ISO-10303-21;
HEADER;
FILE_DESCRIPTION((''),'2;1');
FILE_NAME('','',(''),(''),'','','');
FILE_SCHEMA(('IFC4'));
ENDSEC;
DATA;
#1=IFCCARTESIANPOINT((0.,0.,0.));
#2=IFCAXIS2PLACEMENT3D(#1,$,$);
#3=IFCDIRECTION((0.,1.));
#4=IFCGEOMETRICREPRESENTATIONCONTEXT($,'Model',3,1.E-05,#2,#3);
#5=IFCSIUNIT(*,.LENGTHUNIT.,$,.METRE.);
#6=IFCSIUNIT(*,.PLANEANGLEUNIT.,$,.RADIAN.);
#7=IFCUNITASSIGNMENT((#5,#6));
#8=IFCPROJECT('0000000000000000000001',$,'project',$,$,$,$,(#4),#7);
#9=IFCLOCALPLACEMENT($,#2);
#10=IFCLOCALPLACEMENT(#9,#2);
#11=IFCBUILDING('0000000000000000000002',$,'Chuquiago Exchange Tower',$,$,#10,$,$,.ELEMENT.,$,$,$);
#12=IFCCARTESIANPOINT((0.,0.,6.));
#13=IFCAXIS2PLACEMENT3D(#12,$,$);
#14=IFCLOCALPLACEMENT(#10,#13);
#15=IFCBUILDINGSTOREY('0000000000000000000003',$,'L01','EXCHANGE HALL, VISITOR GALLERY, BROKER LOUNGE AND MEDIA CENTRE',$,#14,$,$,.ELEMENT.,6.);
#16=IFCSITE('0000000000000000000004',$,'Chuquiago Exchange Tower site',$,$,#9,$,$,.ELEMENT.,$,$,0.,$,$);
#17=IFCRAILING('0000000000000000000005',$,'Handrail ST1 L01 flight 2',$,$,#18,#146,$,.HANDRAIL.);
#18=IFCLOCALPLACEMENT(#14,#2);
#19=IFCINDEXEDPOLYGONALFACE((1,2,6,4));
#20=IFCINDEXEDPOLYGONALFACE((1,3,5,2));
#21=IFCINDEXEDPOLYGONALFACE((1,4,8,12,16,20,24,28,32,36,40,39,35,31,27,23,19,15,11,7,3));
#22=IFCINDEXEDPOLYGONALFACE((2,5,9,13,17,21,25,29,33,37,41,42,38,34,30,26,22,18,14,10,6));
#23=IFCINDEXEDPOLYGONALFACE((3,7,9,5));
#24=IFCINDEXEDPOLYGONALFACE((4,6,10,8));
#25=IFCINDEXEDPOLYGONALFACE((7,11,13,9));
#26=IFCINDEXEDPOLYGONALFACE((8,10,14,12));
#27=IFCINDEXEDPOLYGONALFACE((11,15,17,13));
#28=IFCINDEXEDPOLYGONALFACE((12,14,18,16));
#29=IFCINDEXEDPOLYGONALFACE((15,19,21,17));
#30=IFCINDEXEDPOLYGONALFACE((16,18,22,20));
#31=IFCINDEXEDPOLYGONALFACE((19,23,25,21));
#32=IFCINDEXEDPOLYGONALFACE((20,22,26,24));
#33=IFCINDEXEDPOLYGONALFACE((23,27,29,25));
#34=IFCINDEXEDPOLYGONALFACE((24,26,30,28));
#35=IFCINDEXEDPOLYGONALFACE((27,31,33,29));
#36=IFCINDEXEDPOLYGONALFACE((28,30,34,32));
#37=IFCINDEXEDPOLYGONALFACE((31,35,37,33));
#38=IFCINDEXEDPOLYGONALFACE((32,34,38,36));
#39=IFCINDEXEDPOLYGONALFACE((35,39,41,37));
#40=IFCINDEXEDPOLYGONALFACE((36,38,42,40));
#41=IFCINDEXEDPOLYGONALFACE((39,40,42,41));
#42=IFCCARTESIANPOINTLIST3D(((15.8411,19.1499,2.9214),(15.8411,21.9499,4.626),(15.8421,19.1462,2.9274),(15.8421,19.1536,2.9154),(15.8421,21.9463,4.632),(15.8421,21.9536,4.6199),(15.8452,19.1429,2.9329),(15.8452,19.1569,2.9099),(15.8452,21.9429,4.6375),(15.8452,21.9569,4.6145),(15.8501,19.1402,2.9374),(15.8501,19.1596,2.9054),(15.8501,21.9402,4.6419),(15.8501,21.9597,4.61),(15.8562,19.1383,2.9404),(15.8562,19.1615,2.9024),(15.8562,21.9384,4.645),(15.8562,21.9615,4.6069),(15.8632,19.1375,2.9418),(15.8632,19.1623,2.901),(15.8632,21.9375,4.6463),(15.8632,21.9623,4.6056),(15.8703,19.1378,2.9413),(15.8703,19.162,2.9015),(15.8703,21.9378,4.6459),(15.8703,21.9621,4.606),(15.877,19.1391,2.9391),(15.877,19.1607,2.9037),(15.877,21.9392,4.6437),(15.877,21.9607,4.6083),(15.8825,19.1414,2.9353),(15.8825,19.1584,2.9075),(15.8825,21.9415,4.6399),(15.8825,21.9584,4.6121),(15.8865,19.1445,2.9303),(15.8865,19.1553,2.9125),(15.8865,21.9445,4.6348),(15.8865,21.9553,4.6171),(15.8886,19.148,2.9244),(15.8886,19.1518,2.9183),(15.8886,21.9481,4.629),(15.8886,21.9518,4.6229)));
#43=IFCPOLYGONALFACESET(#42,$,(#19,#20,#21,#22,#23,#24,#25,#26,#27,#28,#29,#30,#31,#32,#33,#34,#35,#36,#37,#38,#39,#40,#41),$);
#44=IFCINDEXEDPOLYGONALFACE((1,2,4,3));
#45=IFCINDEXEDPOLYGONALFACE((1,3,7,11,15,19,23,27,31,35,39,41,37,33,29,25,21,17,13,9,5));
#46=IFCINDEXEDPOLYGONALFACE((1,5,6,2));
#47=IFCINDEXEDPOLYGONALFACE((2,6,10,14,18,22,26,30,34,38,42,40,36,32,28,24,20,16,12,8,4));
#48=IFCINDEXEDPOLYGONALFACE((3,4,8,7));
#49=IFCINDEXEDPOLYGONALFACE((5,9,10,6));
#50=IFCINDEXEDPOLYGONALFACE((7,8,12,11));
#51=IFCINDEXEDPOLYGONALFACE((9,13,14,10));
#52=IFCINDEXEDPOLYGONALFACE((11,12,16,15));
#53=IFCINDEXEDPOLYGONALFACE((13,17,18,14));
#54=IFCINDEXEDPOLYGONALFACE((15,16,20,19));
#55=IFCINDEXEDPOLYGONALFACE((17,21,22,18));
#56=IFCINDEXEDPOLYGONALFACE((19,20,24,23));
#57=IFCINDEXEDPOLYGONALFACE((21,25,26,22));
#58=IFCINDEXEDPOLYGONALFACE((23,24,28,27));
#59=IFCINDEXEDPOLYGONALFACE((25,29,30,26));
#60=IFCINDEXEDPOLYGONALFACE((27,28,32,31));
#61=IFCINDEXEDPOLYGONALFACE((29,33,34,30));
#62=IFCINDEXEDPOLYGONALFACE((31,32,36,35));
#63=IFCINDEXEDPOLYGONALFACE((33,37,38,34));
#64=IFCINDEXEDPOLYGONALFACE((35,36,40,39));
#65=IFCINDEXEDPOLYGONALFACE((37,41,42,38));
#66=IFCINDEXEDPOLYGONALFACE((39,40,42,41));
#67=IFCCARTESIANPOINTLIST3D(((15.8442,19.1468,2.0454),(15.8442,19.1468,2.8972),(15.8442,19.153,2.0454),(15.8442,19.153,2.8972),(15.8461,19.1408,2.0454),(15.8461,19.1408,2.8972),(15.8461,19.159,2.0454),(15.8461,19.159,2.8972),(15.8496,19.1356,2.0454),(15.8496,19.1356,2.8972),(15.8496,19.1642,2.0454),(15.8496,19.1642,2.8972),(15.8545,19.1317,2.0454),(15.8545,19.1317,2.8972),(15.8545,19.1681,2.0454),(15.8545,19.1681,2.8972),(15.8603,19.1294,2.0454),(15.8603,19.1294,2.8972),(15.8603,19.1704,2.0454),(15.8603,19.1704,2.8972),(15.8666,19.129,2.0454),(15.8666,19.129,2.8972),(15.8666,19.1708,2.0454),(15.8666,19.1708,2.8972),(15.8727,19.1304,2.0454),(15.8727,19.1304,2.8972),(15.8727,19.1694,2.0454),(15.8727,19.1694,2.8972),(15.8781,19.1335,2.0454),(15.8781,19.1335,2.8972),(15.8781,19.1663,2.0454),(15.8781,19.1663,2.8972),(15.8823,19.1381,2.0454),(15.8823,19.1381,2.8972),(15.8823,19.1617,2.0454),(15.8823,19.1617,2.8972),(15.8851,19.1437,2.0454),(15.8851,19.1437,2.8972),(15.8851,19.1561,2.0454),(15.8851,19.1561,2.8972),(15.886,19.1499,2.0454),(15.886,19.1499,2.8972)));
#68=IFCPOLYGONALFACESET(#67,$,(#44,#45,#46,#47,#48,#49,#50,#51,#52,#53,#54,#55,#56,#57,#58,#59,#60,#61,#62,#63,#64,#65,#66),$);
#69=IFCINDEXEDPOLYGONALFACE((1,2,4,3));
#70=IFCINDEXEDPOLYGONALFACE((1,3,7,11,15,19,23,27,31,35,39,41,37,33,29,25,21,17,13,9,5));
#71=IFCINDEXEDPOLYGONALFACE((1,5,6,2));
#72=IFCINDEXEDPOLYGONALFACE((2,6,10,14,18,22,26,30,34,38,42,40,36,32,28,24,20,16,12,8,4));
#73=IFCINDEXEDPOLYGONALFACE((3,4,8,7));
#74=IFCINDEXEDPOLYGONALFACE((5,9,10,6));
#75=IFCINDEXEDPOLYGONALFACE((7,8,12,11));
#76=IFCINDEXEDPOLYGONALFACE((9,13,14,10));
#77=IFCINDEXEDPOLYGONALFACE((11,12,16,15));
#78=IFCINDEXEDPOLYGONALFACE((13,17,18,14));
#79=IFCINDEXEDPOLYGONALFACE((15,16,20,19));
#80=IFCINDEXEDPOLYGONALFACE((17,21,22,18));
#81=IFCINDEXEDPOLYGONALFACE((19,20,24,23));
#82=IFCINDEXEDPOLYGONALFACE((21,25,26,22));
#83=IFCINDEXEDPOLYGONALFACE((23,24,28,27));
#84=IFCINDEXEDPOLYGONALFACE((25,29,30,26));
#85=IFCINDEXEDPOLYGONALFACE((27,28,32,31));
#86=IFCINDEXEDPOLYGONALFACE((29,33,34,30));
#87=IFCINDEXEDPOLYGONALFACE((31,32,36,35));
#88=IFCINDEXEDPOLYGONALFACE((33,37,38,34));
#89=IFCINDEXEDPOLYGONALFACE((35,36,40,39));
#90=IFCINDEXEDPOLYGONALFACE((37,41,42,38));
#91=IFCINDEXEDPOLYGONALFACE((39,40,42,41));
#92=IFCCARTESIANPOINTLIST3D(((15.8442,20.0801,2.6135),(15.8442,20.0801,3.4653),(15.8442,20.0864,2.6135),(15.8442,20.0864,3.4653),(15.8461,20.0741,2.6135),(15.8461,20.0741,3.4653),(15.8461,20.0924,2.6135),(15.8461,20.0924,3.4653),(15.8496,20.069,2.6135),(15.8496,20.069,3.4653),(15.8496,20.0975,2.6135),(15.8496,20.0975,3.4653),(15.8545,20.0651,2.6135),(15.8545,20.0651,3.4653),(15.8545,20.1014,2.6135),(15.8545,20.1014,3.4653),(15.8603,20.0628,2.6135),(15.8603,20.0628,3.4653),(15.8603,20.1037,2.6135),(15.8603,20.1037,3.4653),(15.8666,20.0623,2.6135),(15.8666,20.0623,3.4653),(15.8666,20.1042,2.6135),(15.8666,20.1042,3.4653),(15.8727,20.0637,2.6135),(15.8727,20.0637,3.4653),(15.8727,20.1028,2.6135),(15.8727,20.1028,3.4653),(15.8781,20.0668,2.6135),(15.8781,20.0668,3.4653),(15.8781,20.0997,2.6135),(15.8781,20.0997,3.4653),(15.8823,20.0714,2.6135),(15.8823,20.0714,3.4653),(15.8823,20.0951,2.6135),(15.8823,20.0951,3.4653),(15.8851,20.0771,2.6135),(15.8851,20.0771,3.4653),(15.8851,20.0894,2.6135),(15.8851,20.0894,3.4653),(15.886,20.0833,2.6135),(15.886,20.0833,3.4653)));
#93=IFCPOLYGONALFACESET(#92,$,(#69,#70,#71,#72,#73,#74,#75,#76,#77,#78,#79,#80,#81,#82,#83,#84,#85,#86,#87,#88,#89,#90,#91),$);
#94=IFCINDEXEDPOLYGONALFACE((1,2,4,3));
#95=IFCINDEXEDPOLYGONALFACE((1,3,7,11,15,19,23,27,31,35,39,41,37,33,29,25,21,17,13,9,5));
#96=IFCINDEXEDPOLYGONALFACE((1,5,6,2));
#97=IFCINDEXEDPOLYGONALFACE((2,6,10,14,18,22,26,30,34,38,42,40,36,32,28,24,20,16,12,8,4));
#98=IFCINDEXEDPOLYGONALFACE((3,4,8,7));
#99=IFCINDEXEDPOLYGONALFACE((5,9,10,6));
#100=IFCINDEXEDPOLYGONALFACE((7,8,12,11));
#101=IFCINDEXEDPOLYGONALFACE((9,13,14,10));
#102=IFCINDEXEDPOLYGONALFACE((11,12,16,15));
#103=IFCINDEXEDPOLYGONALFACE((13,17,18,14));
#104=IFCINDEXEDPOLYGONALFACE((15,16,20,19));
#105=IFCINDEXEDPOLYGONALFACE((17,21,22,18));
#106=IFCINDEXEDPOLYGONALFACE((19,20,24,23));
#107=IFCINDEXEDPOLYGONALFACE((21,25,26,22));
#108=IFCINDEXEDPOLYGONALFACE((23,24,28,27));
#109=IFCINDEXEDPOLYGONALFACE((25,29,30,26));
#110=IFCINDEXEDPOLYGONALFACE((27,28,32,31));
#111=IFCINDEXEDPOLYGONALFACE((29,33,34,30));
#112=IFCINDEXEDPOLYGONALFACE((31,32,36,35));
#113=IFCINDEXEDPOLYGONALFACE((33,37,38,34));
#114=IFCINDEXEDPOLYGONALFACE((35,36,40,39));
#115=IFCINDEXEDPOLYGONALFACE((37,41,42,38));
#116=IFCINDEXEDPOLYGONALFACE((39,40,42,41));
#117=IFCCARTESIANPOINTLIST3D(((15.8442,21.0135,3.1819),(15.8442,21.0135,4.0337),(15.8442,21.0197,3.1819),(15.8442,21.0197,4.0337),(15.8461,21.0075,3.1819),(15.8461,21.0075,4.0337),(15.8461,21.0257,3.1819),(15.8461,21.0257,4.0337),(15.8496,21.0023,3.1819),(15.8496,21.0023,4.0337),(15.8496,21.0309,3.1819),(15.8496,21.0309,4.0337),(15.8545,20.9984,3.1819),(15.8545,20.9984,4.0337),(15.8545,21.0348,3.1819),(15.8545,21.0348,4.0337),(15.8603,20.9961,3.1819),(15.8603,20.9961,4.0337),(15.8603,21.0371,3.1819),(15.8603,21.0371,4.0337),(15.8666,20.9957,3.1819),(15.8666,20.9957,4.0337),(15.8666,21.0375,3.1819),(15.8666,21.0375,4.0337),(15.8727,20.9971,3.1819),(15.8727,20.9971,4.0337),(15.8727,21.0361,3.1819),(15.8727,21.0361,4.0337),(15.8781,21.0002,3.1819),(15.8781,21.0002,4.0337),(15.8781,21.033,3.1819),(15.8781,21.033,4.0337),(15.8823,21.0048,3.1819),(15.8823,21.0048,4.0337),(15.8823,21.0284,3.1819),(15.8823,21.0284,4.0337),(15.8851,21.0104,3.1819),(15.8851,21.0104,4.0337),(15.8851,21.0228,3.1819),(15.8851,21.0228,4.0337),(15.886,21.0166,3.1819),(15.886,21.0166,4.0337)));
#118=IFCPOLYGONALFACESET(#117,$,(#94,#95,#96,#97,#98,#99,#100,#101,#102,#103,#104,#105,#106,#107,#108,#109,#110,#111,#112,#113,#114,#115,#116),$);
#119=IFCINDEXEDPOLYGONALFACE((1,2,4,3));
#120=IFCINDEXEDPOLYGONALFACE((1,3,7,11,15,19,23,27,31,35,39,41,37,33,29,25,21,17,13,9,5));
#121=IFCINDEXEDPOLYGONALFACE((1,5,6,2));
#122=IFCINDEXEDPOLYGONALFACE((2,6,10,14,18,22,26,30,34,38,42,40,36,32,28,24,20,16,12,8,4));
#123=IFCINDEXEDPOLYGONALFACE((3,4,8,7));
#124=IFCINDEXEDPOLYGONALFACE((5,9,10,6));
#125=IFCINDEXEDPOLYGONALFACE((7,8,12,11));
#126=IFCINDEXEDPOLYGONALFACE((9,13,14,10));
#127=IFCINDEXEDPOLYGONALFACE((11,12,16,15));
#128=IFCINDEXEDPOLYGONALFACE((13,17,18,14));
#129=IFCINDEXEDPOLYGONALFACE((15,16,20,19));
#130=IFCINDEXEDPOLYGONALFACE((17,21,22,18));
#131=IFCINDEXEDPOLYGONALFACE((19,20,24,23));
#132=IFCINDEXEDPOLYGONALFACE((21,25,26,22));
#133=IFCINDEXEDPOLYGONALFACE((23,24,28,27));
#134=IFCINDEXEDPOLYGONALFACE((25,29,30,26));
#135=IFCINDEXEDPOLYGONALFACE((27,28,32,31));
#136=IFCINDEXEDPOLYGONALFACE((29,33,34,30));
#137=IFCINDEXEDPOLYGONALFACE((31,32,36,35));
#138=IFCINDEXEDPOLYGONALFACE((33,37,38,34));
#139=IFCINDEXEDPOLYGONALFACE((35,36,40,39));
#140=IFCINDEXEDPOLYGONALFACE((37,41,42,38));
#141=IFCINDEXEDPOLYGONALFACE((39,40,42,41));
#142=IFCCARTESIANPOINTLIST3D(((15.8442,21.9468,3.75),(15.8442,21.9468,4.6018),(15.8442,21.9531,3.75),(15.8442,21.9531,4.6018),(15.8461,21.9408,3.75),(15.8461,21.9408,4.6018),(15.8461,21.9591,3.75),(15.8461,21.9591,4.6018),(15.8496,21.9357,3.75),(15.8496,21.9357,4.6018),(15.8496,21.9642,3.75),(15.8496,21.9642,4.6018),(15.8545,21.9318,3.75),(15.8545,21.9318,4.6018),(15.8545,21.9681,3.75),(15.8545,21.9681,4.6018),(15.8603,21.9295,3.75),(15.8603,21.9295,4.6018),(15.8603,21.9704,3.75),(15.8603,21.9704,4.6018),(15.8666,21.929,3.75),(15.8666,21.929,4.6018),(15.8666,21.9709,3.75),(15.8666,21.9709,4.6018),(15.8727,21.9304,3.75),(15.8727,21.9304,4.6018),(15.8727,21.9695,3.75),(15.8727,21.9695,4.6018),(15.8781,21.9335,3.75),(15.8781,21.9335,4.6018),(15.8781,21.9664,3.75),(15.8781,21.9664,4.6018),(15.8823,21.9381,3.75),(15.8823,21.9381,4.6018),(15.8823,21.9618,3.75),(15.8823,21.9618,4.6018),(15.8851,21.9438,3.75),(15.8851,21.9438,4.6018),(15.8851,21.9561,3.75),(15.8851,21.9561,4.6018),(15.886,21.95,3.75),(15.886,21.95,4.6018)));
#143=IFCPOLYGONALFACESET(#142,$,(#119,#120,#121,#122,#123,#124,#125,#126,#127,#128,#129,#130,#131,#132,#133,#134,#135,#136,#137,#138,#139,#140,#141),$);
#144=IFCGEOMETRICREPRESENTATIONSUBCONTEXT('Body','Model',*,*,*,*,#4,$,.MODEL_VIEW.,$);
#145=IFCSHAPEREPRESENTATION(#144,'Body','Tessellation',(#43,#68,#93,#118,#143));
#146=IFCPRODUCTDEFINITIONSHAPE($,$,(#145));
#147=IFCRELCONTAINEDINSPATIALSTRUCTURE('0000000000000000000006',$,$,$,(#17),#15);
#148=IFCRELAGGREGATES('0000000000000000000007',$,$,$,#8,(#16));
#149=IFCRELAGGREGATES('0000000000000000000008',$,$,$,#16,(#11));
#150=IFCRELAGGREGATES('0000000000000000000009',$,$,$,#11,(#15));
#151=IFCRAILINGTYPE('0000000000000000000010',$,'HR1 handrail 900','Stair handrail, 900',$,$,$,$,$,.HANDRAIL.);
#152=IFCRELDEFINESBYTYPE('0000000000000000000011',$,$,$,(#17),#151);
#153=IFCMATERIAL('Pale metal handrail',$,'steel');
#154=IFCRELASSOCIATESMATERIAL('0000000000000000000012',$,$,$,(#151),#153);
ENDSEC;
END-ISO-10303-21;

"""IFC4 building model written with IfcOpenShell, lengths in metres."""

from ifc_helpers import new_model, si_unit, direction, frame, origin, origin_2d, place, context, subcontext, project, spatial, circle, extrude, material, type_object, element, save


model = new_model("IFC4")

# Units and contexts
model_context = context("Model", 3, precision=1e-05, world=origin(), true_north=direction((0.0, 1.0)))
body_context = subcontext(model_context, "Body", "Model", "MODEL_VIEW")
ifc_project = project(units=[si_unit("LENGTHUNIT", "METRE"), si_unit("PLANEANGLEUNIT", "RADIAN")], contexts=[model_context])

# Site, building, storey
site_placement = place(None, origin())
site = spatial("IfcSite", under=ifc_project, at=site_placement, Name="Chuquiago Exchange Tower site", CompositionType="ELEMENT", RefElevation=0.0)
building_placement = place(site_placement, origin())
building = spatial("IfcBuilding", under=site, at=building_placement, Name="Chuquiago Exchange Tower", CompositionType="ELEMENT")
storey_placement = place(building_placement, frame((0.0, 0.0, 6.0)))
storey = spatial("IfcBuildingStorey", under=building, at=storey_placement, Name="L01", Description="EXCHANGE HALL, VISITOR GALLERY, BROKER LOUNGE AND MEDIA CENTRE", CompositionType="ELEMENT", Elevation=6.0)

# Railing
ifc_material_1 = material(Name="Pale metal handrail", Category="steel")
railing_type_1 = type_object("IfcRailingType", Name="HR1 handrail 900", Description="Stair handrail, 900", PredefinedType="HANDRAIL", material=ifc_material_1)
for number, where, name in (
    (1, (15.865, 19.1499, 2.0454), "Handrail ST1 L01 flight 2"),
):
    element("IfcRailing", number, at=place(storey_placement, frame(where)), inside=storey, type_object=railing_type_1, Name=name, PredefinedType="HANDRAIL", context=body_context, shape_type="SweptSolid", body=[
        extrude(circle(Radius=0.0239, at=origin_2d()), frame((0.0, 0.0, 0.876), z_axis=(0.0, 0.85417, 0.519994), x_axis=(-1.0, 0.0, 0.0)), (0.0, 0.0, 1.0), 3.2781),
        extrude(circle(Radius=0.021, at=origin_2d()), origin(), (0.0, 0.0, 1.0), 0.8518),
        extrude(circle(Radius=0.021, at=origin_2d()), frame((0.0, 0.9333, 0.5681)), (0.0, 0.0, 1.0), 0.8518),
        extrude(circle(Radius=0.021, at=origin_2d()), frame((0.0, 1.8667, 1.1365)), (0.0, 0.0, 1.0), 0.8518),
        extrude(circle(Radius=0.021, at=origin_2d()), frame((0.0, 2.8, 1.7046)), (0.0, 0.0, 1.0), 0.8518),
    ])

save(model, "model.ifc")
